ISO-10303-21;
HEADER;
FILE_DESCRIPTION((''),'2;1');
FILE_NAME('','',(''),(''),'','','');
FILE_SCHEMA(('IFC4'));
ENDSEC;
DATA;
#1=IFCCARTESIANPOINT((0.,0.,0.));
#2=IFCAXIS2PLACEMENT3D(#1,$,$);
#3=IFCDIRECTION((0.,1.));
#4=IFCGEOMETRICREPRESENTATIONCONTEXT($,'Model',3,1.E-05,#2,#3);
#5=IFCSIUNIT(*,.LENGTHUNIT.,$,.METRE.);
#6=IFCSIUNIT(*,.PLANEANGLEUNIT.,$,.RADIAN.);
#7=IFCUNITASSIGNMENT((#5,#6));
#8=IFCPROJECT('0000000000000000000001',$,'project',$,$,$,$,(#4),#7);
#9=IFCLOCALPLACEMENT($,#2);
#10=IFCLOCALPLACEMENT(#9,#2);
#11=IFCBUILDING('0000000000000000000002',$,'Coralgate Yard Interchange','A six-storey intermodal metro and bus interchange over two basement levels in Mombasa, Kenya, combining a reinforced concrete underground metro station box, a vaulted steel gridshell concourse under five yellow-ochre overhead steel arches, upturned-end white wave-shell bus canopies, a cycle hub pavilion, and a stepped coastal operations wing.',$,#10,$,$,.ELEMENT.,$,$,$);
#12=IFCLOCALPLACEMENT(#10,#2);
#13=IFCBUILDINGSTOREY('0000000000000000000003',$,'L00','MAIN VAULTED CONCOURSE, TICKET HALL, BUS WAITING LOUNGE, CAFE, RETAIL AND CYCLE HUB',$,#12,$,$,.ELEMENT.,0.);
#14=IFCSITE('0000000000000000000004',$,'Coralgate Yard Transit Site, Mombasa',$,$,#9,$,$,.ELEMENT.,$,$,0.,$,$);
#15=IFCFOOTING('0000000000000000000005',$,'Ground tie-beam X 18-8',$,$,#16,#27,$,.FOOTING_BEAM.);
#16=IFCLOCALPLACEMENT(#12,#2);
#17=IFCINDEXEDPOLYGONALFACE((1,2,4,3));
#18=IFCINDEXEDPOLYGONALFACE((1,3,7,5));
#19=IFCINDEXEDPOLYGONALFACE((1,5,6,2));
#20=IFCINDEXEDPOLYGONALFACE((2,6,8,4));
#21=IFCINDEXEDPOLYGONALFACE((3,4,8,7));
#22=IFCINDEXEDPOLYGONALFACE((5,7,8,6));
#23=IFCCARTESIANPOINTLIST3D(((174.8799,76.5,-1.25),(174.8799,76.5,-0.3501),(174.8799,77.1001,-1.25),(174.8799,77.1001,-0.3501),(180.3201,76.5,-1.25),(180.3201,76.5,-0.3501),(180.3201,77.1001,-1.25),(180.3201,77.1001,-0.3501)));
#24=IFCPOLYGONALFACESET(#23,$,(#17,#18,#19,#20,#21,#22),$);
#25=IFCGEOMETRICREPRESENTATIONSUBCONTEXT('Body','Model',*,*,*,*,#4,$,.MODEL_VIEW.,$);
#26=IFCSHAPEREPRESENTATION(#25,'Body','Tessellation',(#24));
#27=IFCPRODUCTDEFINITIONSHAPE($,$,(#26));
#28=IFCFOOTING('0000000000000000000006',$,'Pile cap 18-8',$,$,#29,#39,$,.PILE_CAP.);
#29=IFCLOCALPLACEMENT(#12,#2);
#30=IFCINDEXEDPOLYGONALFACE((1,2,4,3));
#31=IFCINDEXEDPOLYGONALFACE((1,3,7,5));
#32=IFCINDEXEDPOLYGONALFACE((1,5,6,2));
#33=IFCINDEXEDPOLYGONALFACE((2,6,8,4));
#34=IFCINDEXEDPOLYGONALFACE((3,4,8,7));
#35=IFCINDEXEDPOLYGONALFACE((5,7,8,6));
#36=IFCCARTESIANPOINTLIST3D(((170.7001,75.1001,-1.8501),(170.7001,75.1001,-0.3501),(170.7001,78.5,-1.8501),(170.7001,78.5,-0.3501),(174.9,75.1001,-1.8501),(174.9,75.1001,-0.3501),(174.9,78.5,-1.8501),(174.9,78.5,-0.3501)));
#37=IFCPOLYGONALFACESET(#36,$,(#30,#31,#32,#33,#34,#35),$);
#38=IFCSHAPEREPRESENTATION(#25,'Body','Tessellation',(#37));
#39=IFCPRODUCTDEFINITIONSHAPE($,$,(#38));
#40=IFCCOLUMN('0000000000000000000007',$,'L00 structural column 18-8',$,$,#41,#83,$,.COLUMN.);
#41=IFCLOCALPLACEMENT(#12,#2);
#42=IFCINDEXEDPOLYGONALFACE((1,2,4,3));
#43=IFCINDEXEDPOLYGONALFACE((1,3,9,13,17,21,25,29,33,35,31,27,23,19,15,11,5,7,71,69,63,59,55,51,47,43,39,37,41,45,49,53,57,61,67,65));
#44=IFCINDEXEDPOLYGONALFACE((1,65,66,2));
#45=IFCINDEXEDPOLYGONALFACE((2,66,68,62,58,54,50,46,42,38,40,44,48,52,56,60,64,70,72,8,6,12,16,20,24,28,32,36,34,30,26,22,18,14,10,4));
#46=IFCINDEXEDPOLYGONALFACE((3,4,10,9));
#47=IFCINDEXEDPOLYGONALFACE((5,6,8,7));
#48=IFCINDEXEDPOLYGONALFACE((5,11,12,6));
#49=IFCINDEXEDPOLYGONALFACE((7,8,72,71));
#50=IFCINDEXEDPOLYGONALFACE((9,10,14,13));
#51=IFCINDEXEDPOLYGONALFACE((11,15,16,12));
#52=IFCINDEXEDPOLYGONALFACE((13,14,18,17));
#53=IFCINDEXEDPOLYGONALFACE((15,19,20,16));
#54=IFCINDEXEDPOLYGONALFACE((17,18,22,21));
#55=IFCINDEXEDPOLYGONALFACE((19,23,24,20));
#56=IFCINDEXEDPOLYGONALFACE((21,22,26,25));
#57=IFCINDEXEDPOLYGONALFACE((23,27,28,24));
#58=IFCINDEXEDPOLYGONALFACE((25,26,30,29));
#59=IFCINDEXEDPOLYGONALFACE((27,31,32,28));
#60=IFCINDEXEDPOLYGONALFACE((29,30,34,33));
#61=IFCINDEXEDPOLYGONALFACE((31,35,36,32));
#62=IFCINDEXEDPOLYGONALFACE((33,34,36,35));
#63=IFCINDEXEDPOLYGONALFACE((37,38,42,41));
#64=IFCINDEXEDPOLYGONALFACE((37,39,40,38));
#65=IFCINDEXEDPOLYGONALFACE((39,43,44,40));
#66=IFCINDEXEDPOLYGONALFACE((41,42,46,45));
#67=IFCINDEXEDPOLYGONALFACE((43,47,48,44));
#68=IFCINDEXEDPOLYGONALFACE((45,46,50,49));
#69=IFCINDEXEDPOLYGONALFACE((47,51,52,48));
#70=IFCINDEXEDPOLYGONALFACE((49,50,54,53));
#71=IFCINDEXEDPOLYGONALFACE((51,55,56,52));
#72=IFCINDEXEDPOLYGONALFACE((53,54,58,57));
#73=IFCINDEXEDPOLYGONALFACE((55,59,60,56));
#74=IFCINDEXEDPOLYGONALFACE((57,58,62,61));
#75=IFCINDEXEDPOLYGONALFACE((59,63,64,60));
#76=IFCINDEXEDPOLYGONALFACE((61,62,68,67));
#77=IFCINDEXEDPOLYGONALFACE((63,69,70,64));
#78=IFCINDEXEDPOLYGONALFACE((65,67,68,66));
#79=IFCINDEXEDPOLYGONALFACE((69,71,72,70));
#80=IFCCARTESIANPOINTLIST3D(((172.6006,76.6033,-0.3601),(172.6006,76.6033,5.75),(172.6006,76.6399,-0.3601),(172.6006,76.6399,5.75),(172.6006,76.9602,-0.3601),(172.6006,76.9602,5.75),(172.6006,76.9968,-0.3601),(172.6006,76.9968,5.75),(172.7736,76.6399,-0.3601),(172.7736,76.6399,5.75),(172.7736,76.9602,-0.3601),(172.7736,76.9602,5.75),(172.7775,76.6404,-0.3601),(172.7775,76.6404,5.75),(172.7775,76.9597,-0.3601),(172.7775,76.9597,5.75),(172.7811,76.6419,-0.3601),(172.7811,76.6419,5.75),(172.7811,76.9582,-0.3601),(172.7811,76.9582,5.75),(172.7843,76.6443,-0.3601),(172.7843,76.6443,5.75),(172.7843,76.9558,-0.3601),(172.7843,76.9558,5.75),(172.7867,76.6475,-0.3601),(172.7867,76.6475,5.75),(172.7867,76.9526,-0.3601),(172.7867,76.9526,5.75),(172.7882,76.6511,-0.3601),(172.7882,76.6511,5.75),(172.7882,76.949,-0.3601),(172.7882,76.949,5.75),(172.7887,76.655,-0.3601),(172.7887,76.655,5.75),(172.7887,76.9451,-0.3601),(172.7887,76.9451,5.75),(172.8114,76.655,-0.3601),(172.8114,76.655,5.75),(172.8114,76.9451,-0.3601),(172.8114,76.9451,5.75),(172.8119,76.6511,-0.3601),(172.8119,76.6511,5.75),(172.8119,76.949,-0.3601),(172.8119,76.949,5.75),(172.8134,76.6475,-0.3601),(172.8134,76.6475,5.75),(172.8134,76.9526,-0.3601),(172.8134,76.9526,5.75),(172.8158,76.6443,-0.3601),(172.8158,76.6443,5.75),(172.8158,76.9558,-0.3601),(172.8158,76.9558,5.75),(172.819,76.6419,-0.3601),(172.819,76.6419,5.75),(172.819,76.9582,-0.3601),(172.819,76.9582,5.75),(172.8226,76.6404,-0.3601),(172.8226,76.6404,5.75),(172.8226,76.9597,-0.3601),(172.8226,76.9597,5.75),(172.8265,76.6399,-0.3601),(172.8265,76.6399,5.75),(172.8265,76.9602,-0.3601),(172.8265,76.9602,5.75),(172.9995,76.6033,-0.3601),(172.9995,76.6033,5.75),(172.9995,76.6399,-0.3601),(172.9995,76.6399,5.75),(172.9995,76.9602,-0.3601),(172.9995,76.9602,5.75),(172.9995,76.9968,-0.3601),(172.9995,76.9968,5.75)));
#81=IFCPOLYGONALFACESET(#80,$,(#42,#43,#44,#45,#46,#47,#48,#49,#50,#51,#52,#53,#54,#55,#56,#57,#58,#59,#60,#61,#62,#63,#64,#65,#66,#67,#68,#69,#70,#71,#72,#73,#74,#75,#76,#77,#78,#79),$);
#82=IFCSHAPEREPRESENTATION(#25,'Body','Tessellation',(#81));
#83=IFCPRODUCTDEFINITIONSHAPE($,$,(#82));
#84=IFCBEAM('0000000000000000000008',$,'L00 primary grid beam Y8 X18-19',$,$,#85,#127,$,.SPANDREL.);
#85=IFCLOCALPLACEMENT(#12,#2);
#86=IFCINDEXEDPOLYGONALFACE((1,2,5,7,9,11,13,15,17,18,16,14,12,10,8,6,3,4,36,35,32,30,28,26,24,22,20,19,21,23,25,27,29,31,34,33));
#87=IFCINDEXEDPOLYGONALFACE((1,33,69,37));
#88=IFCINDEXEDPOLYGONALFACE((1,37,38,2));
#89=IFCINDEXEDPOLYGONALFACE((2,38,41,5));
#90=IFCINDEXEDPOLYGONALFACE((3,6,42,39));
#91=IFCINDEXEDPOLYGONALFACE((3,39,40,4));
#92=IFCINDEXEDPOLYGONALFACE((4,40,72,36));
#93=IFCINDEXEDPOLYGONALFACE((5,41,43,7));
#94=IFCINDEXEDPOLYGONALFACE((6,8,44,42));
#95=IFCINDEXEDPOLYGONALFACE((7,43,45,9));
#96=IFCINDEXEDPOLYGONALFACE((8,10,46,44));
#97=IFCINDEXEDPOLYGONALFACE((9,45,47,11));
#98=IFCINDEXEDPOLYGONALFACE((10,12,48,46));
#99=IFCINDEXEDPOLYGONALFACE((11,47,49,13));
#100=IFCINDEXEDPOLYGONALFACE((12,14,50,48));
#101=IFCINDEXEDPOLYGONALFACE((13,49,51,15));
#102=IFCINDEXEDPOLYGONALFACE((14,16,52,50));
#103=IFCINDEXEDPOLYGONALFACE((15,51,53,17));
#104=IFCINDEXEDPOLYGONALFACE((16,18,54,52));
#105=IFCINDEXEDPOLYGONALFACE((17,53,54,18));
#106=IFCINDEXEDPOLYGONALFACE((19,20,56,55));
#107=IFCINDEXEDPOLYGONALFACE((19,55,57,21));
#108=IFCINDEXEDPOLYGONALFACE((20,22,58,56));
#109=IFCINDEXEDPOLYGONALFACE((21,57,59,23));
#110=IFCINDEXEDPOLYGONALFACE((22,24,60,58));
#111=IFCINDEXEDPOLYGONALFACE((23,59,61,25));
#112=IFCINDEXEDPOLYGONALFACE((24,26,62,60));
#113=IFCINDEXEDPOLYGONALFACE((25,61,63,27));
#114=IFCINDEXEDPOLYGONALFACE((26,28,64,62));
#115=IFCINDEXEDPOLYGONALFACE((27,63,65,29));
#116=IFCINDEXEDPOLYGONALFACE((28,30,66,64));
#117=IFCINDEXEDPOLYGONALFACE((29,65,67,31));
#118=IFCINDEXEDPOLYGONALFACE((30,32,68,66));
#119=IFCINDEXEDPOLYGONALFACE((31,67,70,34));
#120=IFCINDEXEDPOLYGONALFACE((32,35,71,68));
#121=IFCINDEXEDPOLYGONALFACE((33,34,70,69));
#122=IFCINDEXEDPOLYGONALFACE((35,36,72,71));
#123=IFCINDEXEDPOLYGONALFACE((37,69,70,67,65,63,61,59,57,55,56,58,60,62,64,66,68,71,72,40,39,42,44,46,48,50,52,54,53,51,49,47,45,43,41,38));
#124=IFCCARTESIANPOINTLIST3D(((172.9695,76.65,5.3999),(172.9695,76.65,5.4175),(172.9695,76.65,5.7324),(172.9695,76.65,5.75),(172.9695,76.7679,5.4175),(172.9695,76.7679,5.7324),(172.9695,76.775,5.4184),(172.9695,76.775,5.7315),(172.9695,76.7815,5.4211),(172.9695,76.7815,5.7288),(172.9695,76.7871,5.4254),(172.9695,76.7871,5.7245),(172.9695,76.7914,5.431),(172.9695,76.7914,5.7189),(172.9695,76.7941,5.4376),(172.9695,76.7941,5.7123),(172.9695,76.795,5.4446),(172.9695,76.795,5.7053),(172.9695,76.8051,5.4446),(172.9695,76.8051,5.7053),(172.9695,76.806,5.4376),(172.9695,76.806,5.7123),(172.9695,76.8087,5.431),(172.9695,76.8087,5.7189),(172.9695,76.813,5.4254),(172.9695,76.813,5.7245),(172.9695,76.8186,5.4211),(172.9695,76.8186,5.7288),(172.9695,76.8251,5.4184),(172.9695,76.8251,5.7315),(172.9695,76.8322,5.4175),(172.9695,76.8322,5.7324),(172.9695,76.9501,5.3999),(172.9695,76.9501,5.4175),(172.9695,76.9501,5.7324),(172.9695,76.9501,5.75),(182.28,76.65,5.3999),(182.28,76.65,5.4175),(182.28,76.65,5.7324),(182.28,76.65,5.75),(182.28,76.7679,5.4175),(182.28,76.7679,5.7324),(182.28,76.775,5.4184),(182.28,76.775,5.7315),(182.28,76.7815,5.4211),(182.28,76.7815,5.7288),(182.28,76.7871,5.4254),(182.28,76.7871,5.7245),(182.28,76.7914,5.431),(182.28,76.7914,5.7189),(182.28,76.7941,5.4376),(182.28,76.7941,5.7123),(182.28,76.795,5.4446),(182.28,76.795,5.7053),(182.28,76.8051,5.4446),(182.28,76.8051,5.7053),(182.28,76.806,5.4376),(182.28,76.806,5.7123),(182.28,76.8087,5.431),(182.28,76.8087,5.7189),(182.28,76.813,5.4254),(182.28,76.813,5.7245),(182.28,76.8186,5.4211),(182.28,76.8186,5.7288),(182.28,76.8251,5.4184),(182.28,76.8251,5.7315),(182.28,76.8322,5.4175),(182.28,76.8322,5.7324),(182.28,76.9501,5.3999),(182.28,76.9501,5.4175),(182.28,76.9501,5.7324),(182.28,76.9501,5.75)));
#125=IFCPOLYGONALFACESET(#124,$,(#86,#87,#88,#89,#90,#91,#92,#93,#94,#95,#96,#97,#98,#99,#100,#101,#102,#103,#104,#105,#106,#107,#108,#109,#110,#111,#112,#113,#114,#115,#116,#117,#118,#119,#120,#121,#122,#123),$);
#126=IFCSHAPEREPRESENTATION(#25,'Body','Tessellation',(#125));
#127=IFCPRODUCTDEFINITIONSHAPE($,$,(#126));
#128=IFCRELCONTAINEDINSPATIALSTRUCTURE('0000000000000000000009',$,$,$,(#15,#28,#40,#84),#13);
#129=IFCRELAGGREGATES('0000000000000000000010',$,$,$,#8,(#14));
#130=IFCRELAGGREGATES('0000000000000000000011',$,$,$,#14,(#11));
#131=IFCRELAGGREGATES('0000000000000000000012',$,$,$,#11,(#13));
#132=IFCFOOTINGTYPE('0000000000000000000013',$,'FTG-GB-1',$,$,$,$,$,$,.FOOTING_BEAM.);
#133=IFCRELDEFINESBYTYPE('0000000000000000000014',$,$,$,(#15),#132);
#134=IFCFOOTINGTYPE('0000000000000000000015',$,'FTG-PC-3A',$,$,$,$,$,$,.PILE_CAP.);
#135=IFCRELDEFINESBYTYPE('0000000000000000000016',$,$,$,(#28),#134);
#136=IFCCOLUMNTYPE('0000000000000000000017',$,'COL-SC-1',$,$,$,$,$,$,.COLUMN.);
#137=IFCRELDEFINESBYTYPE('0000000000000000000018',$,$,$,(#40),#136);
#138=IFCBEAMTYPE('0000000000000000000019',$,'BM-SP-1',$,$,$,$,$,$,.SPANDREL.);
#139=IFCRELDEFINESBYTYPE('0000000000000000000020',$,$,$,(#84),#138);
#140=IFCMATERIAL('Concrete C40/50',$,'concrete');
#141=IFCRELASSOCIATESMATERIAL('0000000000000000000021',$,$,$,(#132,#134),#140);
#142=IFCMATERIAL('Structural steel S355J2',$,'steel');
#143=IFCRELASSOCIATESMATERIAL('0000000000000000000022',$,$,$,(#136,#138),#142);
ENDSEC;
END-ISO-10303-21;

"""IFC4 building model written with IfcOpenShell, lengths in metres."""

from ifc_helpers import new_model, si_unit, direction, frame, origin, origin_2d, place, context, subcontext, project, spatial, rectangle, i_section, extrude, material, material_profile, profile_set, type_object, element, save


model = new_model("IFC4")

# Units and contexts
model_context = context("Model", 3, precision=1e-05, world=origin(), true_north=direction((0.0, 1.0)))
body_context = subcontext(model_context, "Body", "Model", "MODEL_VIEW")
ifc_project = project(units=[si_unit("LENGTHUNIT", "METRE"), si_unit("PLANEANGLEUNIT", "RADIAN")], contexts=[model_context])

# Site, building, storey
site_placement = place(None, origin())
site = spatial("IfcSite", under=ifc_project, at=site_placement, Name="Coralgate Yard Transit Site, Mombasa", CompositionType="ELEMENT", RefElevation=0.0)
building_placement = place(site_placement, origin())
building = spatial("IfcBuilding", under=site, at=building_placement, Name="Coralgate Yard Interchange", Description="A six-storey intermodal metro and bus interchange over two basement levels in Mombasa, Kenya, combining a reinforced concrete underground metro station box, a vaulted steel gridshell concourse under five yellow-ochre overhead steel arches, upturned-end white wave-shell bus canopies, a cycle hub pavilion, and a stepped coastal operations wing.", CompositionType="ELEMENT")
storey_placement = place(building_placement, origin())
storey = spatial("IfcBuildingStorey", under=building, at=storey_placement, Name="L00", Description="MAIN VAULTED CONCOURSE, TICKET HALL, BUS WAITING LOUNGE, CAFE, RETAIL AND CYCLE HUB", CompositionType="ELEMENT", Elevation=0.0)

# Footings
ifc_material_1 = material(Name="Concrete C40/50", Category="concrete")
ifc_material_profile_1 = material_profile(ifc_material_1, rectangle(XDim=0.6001, YDim=0.8999, at=origin_2d()), Name="RC 600x900")
ifc_profile_set_1 = profile_set([ifc_material_profile_1], Name="Concrete C40/50")
footing_type_1 = type_object("IfcFootingType", Name="FTG-GB-1", PredefinedType="FOOTING_BEAM", material=ifc_profile_set_1)
footing_1_placement = place(storey_placement, frame((174.8799, 76.8, -0.8), z_axis=(1.0, 0.0, 0.0), x_axis=(0.0, 1.0, 0.0)))
element("IfcFooting", 1, at=footing_1_placement, inside=storey, type_object=footing_type_1, Name="Ground tie-beam X 18-8", PredefinedType="FOOTING_BEAM", context=body_context, shape_type="SweptSolid", body=[
    extrude(rectangle(XDim=0.6001, YDim=0.8999, at=origin_2d()), origin(), (0.0, 0.0, 1.0), 5.4402),
])
footing_type_2 = type_object("IfcFootingType", Name="FTG-PC-3A", PredefinedType="PILE_CAP", material=ifc_material_1)
footing_2_placement = place(storey_placement, frame((172.8, 76.8, -1.8501), z_axis=(0.0, 0.0, 1.0), x_axis=(1.0, 0.0, 0.0)))
element("IfcFooting", 2, at=footing_2_placement, inside=storey, type_object=footing_type_2, Name="Pile cap 18-8", PredefinedType="PILE_CAP", context=body_context, shape_type="SweptSolid", body=[
    extrude(rectangle(XDim=4.2, YDim=3.3999, at=origin_2d()), origin(), (0.0, 0.0, 1.0), 1.5),
])

# Column
ifc_material_2 = material(Name="Structural steel S355J2", Category="steel")
ifc_material_profile_2 = material_profile(ifc_material_2, i_section(OverallWidth=0.3989, OverallDepth=0.3936, WebThickness=0.0227, FlangeThickness=0.0366, FilletRadius=0.0151, at=origin_2d()), Name="UC 356x406x287")
ifc_profile_set_2 = profile_set([ifc_material_profile_2], Name="Structural steel S355J2")
column_type = type_object("IfcColumnType", Name="COL-SC-1", PredefinedType="COLUMN", material=ifc_profile_set_2)
column_placement = place(storey_placement, frame((172.8, 76.8, -0.3601), z_axis=(0.0, 0.0, 1.0), x_axis=(1.0, 0.0, 0.0)))
element("IfcColumn", 3, at=column_placement, inside=storey, type_object=column_type, Name="L00 structural column 18-8", PredefinedType="COLUMN", context=body_context, shape_type="SweptSolid", body=[
    extrude(i_section(OverallWidth=0.3989, OverallDepth=0.3936, WebThickness=0.0227, FlangeThickness=0.0366, FilletRadius=0.0151, at=origin_2d()), origin(), (0.0, 0.0, 1.0), 6.1101),
])

# Beam
ifc_material_profile_3 = material_profile(ifc_material_2, i_section(OverallWidth=0.3, OverallDepth=0.3501, WebThickness=0.01, FlangeThickness=0.0176, FilletRadius=0.0271, at=origin_2d()), Name="HEA 360")
ifc_profile_set_3 = profile_set([ifc_material_profile_3], Name="Structural steel S355J2")
beam_type = type_object("IfcBeamType", Name="BM-SP-1", PredefinedType="SPANDREL", material=ifc_profile_set_3)
beam_placement = place(storey_placement, frame((172.9695, 76.8, 5.575), z_axis=(1.0, 0.0, 0.0), x_axis=(0.0, 1.0, 0.0)))
element("IfcBeam", 4, at=beam_placement, inside=storey, type_object=beam_type, Name="L00 primary grid beam Y8 X18-19", PredefinedType="SPANDREL", context=body_context, shape_type="SweptSolid", body=[
    extrude(i_section(OverallWidth=0.3, OverallDepth=0.3501, WebThickness=0.01, FlangeThickness=0.0176, FilletRadius=0.0271, at=origin_2d()), origin(), (0.0, 0.0, 1.0), 9.3105),
])

save(model, "model.ifc")
